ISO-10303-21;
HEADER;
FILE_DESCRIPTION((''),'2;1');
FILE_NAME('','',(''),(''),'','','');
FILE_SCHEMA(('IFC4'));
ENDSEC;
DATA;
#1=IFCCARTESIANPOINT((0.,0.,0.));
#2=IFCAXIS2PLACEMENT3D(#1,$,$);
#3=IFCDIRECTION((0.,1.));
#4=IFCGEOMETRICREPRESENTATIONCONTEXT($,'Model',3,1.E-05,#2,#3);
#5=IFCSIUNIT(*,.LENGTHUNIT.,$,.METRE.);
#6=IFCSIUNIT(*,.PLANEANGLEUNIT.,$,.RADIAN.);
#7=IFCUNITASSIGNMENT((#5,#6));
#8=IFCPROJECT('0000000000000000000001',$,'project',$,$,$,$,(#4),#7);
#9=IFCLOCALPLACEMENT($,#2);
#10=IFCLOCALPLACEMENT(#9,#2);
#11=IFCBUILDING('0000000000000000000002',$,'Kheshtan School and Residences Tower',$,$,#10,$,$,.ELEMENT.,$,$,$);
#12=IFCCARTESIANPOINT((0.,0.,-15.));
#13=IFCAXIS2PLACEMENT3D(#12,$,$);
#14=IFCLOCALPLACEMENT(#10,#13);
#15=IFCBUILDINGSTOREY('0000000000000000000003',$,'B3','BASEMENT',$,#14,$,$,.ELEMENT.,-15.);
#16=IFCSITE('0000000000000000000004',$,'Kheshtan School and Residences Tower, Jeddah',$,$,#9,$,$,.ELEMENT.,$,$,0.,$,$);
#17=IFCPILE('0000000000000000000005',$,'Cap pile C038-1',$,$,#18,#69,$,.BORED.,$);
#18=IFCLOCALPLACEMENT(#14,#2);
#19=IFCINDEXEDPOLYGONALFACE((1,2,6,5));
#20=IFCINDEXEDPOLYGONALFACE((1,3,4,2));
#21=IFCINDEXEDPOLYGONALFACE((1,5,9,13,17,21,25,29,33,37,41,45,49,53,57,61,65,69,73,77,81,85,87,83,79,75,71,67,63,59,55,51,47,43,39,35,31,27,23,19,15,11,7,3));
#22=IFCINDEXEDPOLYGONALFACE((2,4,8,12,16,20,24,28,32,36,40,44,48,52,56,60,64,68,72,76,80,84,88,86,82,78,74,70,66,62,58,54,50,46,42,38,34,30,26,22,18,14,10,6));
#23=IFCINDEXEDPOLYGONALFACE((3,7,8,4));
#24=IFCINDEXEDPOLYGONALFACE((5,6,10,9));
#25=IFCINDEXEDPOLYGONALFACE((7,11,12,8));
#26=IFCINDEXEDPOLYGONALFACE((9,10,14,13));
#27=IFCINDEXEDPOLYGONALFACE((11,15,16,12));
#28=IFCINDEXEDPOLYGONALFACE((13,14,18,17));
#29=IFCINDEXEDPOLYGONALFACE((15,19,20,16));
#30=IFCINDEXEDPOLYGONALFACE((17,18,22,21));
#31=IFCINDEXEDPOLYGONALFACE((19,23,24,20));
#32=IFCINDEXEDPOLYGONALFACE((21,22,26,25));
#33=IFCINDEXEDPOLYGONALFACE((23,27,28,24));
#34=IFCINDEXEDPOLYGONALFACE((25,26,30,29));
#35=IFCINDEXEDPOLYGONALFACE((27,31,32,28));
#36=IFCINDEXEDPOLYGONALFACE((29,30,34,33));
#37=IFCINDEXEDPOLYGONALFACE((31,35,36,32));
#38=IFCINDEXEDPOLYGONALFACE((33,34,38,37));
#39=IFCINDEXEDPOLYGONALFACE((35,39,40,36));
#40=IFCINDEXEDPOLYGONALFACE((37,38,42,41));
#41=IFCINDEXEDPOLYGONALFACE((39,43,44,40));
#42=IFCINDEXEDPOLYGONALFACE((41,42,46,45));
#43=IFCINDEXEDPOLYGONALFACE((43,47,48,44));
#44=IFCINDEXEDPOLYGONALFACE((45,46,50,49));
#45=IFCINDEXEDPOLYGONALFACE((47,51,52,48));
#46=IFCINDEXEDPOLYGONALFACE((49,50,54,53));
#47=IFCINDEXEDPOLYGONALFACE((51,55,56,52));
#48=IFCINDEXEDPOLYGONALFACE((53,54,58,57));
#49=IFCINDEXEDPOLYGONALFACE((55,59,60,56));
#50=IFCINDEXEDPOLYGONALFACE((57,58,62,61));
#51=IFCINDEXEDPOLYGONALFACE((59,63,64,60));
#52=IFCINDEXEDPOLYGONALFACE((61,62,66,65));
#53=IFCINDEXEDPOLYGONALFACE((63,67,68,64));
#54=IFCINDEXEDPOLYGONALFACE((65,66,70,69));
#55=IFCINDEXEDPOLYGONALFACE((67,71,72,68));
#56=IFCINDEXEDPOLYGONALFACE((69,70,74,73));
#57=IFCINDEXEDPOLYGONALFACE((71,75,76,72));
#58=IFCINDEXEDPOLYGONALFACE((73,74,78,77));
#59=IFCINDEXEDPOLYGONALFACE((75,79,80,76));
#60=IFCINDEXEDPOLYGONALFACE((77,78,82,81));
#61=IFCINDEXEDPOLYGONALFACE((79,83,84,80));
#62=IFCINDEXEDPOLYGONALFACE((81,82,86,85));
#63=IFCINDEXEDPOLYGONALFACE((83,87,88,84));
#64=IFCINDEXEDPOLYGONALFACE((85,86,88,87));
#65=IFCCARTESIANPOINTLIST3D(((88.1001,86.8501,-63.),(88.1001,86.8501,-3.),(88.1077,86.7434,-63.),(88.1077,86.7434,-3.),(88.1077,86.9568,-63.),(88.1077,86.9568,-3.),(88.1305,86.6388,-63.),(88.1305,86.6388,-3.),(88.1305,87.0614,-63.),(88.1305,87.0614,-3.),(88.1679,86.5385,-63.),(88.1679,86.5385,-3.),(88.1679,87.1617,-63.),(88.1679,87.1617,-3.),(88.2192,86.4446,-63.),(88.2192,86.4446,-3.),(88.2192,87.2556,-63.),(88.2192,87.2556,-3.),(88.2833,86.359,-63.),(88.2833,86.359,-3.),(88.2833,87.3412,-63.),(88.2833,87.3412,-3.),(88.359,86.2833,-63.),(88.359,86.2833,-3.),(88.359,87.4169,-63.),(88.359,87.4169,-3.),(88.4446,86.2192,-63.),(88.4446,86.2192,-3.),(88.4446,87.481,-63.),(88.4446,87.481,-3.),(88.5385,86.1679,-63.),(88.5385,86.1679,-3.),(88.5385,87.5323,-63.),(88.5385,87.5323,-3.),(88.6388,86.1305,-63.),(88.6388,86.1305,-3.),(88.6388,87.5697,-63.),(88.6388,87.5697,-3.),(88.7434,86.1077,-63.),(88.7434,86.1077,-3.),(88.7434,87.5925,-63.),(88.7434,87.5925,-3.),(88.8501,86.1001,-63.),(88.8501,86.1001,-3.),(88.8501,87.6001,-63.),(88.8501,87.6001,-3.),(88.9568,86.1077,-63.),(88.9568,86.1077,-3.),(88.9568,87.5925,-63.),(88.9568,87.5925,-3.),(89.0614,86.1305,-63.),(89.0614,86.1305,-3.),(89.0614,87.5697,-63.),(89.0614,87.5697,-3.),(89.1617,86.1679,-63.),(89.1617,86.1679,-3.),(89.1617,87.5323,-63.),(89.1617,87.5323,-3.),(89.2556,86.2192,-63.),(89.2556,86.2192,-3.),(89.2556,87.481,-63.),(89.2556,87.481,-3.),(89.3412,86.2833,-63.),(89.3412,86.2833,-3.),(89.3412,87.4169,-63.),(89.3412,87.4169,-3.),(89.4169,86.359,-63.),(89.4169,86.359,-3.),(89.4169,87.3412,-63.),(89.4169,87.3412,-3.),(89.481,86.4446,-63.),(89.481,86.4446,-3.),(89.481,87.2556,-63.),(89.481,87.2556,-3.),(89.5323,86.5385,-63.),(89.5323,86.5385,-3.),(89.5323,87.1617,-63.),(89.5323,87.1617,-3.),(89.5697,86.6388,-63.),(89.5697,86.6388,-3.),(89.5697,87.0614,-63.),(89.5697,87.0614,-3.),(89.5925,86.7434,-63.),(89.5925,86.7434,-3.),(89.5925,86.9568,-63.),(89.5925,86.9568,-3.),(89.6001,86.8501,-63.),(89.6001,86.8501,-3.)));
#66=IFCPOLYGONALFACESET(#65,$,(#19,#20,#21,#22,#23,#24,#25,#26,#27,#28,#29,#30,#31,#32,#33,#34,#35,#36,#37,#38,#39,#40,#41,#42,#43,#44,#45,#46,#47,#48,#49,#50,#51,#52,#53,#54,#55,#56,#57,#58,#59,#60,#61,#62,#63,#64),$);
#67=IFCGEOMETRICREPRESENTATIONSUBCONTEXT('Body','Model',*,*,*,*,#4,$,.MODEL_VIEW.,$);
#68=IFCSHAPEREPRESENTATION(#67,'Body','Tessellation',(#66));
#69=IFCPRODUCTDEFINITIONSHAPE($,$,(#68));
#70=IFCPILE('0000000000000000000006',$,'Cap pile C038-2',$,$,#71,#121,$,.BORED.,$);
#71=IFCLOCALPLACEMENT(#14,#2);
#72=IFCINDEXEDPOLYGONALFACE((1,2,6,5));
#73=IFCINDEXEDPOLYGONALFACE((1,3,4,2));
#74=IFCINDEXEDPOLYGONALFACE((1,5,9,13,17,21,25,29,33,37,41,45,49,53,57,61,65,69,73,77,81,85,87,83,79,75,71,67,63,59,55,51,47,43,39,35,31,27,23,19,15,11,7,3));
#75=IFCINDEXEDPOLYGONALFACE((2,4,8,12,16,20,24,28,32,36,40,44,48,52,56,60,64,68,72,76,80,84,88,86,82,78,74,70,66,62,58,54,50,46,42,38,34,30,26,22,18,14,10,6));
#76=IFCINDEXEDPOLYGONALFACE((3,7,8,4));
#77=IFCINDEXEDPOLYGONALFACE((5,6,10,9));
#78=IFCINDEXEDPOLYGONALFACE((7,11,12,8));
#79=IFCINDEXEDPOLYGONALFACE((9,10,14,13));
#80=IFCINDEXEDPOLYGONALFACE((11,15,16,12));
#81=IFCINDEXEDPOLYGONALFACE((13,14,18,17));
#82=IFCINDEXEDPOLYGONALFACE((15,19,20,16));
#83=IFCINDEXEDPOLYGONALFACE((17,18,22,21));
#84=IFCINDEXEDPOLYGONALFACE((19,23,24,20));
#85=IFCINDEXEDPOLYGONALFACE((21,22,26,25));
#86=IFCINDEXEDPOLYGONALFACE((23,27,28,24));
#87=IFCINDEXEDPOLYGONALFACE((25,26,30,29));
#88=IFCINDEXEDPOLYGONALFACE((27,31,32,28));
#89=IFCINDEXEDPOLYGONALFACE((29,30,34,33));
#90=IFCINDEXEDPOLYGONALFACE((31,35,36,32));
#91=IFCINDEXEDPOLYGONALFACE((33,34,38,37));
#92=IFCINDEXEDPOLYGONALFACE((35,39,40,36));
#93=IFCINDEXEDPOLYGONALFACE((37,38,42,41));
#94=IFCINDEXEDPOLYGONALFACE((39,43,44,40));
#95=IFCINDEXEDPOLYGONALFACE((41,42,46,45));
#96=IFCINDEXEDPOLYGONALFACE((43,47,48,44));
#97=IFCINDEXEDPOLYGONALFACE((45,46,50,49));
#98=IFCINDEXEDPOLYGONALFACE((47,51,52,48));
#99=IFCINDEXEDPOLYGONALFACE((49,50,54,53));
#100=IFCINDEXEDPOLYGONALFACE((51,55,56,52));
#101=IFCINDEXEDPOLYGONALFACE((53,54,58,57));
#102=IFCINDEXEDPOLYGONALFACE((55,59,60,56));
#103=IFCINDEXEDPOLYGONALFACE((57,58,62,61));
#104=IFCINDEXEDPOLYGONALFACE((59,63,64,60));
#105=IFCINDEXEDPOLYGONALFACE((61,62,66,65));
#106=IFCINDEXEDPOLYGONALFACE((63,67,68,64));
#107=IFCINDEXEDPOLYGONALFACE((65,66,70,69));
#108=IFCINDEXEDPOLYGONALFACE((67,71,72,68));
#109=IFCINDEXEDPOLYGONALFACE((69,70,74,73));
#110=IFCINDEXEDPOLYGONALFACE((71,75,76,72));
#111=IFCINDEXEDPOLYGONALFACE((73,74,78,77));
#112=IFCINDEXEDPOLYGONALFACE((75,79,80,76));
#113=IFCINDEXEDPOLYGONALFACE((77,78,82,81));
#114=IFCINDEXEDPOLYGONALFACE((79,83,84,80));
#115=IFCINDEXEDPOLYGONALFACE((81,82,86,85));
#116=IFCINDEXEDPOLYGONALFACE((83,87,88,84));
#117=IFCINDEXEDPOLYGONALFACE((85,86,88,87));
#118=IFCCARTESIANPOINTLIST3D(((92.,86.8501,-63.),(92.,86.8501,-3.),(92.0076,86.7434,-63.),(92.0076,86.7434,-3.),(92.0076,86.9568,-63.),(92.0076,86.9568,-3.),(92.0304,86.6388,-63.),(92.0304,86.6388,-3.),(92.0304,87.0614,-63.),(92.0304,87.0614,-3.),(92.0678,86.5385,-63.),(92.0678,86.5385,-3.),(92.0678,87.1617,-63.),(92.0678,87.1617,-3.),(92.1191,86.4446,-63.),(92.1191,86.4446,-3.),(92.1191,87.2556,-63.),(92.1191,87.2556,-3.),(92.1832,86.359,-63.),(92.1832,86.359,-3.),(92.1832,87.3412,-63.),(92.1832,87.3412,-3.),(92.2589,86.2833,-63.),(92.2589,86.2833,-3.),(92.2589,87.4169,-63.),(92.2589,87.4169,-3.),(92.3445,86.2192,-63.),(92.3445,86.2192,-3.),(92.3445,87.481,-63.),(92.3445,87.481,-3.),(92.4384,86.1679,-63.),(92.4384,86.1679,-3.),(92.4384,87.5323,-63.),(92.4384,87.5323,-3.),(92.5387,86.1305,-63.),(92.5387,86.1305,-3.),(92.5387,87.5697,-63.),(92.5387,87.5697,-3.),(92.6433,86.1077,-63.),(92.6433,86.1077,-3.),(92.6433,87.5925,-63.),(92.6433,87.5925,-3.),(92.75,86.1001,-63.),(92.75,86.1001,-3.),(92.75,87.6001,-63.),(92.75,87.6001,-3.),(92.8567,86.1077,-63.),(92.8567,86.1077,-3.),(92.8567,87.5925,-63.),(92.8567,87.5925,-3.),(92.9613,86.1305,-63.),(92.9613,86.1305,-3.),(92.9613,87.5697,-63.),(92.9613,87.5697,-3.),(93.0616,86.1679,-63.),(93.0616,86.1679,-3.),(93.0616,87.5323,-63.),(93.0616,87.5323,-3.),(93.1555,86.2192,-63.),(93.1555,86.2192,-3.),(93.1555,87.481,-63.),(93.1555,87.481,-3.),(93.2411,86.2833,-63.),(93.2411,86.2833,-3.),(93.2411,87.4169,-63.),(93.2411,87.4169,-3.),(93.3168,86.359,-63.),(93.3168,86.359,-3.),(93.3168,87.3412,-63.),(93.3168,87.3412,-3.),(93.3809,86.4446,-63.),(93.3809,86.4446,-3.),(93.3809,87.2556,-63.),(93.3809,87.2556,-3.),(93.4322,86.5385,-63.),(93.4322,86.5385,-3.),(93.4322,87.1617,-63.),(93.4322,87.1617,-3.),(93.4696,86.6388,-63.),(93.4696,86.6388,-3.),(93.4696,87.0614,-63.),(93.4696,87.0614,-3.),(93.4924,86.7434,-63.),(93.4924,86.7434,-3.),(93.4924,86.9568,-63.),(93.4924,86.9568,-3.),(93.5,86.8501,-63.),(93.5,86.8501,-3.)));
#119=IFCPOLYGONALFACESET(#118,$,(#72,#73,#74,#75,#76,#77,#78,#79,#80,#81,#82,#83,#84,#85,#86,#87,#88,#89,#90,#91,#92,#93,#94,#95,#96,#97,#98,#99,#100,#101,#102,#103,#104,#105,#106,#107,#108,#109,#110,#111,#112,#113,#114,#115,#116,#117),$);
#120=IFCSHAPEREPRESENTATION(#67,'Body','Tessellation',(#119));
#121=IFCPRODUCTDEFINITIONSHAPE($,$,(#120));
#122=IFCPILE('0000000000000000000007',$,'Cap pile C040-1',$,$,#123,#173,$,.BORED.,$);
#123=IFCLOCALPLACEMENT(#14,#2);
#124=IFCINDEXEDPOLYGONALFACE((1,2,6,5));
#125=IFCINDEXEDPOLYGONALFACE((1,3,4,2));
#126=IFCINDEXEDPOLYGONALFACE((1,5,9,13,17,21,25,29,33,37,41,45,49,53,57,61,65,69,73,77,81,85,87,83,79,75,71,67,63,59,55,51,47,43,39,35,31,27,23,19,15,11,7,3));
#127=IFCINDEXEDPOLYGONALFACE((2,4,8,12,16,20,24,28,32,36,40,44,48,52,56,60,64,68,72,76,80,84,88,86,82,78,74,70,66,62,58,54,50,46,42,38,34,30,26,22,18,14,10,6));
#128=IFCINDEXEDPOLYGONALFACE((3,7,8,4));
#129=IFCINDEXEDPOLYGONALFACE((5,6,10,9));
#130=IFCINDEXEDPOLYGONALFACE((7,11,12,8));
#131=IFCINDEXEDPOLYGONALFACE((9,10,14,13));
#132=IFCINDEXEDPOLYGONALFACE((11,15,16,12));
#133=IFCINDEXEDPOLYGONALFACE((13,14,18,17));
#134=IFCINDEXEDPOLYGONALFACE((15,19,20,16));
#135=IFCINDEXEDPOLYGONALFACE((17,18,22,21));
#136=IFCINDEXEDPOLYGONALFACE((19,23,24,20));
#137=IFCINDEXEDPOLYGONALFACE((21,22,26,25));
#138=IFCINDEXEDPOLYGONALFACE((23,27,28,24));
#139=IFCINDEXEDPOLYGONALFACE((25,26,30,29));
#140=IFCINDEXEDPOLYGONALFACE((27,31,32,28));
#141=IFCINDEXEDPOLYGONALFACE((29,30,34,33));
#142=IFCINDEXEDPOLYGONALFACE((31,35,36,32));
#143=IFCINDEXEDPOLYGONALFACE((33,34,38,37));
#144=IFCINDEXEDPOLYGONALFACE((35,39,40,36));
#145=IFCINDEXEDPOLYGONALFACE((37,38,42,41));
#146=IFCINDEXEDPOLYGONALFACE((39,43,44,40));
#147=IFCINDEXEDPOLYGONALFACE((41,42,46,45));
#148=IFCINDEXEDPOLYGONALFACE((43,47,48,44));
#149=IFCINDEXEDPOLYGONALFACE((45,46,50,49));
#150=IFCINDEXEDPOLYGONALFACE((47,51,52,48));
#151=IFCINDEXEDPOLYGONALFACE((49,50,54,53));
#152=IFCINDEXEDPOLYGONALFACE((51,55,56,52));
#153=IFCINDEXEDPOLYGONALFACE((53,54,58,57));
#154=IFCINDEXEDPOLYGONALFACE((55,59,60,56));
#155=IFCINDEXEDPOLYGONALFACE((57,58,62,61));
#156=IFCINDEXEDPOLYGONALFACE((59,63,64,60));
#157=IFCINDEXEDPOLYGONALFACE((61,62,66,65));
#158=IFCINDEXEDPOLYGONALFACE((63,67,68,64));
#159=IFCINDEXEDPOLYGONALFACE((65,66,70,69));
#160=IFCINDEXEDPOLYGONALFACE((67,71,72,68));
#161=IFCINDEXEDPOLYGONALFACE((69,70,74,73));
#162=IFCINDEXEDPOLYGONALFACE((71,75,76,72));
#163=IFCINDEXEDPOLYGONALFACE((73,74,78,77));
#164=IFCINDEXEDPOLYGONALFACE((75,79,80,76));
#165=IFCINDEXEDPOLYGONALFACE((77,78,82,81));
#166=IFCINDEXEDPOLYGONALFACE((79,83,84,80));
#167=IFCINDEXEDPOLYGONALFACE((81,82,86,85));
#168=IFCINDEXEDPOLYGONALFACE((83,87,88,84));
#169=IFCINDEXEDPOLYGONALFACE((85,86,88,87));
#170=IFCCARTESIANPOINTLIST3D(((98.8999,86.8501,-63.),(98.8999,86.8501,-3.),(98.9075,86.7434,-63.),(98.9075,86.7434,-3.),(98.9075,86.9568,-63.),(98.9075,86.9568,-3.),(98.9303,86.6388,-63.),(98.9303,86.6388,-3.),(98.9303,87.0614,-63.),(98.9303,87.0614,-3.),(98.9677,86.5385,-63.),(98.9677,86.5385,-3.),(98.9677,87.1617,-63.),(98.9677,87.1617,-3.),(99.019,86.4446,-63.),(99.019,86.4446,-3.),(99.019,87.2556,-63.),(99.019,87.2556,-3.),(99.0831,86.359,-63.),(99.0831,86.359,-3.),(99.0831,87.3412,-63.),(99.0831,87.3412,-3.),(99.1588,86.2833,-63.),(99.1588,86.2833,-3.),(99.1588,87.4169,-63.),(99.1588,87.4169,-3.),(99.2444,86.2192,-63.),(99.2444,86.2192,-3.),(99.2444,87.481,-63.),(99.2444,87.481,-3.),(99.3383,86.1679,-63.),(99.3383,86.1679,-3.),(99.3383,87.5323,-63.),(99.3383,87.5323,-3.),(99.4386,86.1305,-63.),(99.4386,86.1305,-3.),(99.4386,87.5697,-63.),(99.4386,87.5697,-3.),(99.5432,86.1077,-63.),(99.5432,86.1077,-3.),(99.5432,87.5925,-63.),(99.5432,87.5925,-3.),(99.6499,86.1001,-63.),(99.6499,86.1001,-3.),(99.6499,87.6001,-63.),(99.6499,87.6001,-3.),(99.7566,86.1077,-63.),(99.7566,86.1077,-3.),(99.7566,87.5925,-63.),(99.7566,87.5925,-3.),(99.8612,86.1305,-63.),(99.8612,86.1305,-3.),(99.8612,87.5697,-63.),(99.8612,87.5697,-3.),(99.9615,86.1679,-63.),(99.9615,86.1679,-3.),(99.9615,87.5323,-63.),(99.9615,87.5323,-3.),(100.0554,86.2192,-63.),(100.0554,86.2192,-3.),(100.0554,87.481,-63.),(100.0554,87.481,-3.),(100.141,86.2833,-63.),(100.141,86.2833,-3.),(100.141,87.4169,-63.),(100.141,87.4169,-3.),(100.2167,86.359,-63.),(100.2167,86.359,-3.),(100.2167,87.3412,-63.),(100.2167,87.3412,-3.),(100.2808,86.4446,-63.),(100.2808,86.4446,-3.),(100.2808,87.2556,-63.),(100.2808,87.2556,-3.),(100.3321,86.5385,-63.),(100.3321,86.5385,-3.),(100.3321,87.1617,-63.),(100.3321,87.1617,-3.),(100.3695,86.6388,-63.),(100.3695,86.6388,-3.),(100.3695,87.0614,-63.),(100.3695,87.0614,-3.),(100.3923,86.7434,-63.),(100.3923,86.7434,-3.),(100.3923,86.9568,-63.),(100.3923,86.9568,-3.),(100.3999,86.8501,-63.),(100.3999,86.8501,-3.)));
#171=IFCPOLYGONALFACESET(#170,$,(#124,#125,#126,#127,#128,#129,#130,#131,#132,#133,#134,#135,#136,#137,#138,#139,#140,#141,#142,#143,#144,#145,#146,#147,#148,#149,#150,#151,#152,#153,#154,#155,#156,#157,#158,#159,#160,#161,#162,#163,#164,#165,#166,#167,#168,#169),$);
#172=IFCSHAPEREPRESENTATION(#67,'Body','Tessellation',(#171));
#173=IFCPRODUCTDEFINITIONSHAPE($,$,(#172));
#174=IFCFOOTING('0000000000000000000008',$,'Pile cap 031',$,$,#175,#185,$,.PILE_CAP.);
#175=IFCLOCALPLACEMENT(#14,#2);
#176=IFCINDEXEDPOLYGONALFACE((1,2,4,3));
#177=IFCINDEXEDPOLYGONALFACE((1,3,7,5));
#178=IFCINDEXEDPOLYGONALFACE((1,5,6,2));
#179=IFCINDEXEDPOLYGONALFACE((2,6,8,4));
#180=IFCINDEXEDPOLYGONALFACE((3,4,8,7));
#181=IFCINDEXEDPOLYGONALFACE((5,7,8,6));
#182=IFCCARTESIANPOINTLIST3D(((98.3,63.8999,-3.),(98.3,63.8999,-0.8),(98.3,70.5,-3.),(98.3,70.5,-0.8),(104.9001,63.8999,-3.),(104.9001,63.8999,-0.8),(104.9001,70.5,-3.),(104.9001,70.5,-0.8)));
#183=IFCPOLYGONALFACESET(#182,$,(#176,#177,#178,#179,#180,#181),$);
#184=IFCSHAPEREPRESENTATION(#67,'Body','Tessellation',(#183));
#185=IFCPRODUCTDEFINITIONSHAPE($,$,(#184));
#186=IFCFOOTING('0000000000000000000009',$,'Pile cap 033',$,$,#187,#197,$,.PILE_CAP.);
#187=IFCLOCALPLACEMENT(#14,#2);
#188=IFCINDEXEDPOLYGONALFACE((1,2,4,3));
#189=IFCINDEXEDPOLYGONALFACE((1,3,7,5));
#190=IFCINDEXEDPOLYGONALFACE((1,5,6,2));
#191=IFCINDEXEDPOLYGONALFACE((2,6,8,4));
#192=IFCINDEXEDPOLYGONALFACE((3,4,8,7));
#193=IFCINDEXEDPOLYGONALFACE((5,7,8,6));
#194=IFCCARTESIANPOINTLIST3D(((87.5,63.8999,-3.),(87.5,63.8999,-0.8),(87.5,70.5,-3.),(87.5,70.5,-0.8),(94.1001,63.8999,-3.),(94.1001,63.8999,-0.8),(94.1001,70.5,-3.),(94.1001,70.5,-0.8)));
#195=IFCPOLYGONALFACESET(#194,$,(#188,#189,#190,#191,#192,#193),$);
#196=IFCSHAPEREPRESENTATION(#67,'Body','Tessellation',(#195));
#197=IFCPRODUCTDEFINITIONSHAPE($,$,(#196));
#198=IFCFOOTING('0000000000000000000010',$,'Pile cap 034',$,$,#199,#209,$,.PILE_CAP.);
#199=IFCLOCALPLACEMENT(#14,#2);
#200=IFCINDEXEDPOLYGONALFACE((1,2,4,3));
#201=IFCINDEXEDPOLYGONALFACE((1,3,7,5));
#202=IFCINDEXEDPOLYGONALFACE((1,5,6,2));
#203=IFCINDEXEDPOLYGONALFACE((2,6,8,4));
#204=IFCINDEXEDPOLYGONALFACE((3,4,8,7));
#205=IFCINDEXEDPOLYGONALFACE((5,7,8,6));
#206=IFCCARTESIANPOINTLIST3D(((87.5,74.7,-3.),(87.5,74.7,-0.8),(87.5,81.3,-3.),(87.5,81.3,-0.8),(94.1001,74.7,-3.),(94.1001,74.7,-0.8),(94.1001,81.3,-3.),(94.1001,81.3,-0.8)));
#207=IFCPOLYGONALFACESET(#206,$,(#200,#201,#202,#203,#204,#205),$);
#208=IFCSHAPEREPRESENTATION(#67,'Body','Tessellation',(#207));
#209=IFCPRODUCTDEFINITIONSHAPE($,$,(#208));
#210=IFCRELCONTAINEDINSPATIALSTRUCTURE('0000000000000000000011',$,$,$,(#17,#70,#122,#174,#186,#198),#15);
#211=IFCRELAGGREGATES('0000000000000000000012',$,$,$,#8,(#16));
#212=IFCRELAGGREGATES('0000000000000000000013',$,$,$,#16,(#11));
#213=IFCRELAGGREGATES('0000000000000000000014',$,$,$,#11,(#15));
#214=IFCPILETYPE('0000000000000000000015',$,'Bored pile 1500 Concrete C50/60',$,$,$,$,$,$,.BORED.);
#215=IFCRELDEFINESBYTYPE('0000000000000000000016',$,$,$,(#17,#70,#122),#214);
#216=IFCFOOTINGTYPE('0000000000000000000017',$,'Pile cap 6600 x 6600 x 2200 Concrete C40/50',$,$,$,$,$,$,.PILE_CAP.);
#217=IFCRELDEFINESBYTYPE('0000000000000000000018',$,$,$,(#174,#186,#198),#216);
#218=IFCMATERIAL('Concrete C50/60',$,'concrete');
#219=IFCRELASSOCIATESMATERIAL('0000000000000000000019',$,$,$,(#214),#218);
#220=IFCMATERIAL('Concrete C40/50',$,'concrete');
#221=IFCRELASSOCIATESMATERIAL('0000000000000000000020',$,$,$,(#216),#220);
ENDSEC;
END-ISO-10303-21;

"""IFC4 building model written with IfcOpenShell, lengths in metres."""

from ifc_helpers import new_model, si_unit, direction, frame, origin, origin_2d, place, context, subcontext, project, spatial, rectangle, circle, extrude, material, material_profile, profile_set, type_object, element, save


model = new_model("IFC4")

# Units and contexts
model_context = context("Model", 3, precision=1e-05, world=origin(), true_north=direction((0.0, 1.0)))
body_context = subcontext(model_context, "Body", "Model", "MODEL_VIEW")
ifc_project = project(units=[si_unit("LENGTHUNIT", "METRE"), si_unit("PLANEANGLEUNIT", "RADIAN")], contexts=[model_context])

# Site, building, storey
site_placement = place(None, origin())
site = spatial("IfcSite", under=ifc_project, at=site_placement, Name="Kheshtan School and Residences Tower, Jeddah", CompositionType="ELEMENT", RefElevation=0.0)
building_placement = place(site_placement, origin())
building = spatial("IfcBuilding", under=site, at=building_placement, Name="Kheshtan School and Residences Tower", CompositionType="ELEMENT")
storey_placement = place(building_placement, frame((0.0, 0.0, -15.0)))
storey = spatial("IfcBuildingStorey", under=building, at=storey_placement, Name="B3", Description="BASEMENT", CompositionType="ELEMENT", Elevation=-15.0)

# Piles
ifc_material_1 = material(Name="Concrete C50/60", Category="concrete")
ifc_material_profile_1 = material_profile(ifc_material_1, circle(Radius=0.75, at=origin_2d()), Name="BP 1500")
ifc_profile_set_1 = profile_set([ifc_material_profile_1], Name="Concrete C50/60")
pile_type = type_object("IfcPileType", Name="Bored pile 1500 Concrete C50/60", PredefinedType="BORED", material=ifc_profile_set_1)
for number, where, z_axis, x_axis, name in (
    (1, (88.8501, 86.8501, -3.0), (0.0, 0.0, -1.0), (1.0, 0.0, 0.0), "Cap pile C038-1"),
    (2, (92.75, 86.8501, -3.0), (0.0, 0.0, -1.0), (1.0, 0.0, 0.0), "Cap pile C038-2"),
    (3, (99.6499, 86.8501, -3.0), (0.0, 0.0, -1.0), (1.0, 0.0, 0.0), "Cap pile C040-1"),
):
    element("IfcPile", number, at=place(storey_placement, frame(where, z_axis=z_axis, x_axis=x_axis)), inside=storey, type_object=pile_type, Name=name, PredefinedType="BORED", context=body_context, shape_type="SweptSolid", body=[
        extrude(circle(Radius=0.75, at=origin_2d()), origin(), (0.0, 0.0, 1.0), 60.0),
    ])

# Footings
ifc_material_2 = material(Name="Concrete C40/50", Category="concrete")
footing_type = type_object("IfcFootingType", Name="Pile cap 6600 x 6600 x 2200 Concrete C40/50", PredefinedType="PILE_CAP", material=ifc_material_2)
for number, where, z_axis, x_axis, name in (
    (4, (101.6001, 67.2, -3.0), (0.0, 0.0, 1.0), (1.0, 0.0, 0.0), "Pile cap 031"),
    (5, (90.8, 67.2, -3.0), (0.0, 0.0, 1.0), (1.0, 0.0, 0.0), "Pile cap 033"),
    (6, (90.8, 78.0, -3.0), (0.0, 0.0, 1.0), (1.0, 0.0, 0.0), "Pile cap 034"),
):
    element("IfcFooting", number, at=place(storey_placement, frame(where, z_axis=z_axis, x_axis=x_axis)), inside=storey, type_object=footing_type, Name=name, PredefinedType="PILE_CAP", context=body_context, shape_type="SweptSolid", body=[
        extrude(rectangle(XDim=6.6001, YDim=6.6001, at=origin_2d()), origin(), (0.0, 0.0, 1.0), 2.2),
    ])

save(model, "model.ifc")
